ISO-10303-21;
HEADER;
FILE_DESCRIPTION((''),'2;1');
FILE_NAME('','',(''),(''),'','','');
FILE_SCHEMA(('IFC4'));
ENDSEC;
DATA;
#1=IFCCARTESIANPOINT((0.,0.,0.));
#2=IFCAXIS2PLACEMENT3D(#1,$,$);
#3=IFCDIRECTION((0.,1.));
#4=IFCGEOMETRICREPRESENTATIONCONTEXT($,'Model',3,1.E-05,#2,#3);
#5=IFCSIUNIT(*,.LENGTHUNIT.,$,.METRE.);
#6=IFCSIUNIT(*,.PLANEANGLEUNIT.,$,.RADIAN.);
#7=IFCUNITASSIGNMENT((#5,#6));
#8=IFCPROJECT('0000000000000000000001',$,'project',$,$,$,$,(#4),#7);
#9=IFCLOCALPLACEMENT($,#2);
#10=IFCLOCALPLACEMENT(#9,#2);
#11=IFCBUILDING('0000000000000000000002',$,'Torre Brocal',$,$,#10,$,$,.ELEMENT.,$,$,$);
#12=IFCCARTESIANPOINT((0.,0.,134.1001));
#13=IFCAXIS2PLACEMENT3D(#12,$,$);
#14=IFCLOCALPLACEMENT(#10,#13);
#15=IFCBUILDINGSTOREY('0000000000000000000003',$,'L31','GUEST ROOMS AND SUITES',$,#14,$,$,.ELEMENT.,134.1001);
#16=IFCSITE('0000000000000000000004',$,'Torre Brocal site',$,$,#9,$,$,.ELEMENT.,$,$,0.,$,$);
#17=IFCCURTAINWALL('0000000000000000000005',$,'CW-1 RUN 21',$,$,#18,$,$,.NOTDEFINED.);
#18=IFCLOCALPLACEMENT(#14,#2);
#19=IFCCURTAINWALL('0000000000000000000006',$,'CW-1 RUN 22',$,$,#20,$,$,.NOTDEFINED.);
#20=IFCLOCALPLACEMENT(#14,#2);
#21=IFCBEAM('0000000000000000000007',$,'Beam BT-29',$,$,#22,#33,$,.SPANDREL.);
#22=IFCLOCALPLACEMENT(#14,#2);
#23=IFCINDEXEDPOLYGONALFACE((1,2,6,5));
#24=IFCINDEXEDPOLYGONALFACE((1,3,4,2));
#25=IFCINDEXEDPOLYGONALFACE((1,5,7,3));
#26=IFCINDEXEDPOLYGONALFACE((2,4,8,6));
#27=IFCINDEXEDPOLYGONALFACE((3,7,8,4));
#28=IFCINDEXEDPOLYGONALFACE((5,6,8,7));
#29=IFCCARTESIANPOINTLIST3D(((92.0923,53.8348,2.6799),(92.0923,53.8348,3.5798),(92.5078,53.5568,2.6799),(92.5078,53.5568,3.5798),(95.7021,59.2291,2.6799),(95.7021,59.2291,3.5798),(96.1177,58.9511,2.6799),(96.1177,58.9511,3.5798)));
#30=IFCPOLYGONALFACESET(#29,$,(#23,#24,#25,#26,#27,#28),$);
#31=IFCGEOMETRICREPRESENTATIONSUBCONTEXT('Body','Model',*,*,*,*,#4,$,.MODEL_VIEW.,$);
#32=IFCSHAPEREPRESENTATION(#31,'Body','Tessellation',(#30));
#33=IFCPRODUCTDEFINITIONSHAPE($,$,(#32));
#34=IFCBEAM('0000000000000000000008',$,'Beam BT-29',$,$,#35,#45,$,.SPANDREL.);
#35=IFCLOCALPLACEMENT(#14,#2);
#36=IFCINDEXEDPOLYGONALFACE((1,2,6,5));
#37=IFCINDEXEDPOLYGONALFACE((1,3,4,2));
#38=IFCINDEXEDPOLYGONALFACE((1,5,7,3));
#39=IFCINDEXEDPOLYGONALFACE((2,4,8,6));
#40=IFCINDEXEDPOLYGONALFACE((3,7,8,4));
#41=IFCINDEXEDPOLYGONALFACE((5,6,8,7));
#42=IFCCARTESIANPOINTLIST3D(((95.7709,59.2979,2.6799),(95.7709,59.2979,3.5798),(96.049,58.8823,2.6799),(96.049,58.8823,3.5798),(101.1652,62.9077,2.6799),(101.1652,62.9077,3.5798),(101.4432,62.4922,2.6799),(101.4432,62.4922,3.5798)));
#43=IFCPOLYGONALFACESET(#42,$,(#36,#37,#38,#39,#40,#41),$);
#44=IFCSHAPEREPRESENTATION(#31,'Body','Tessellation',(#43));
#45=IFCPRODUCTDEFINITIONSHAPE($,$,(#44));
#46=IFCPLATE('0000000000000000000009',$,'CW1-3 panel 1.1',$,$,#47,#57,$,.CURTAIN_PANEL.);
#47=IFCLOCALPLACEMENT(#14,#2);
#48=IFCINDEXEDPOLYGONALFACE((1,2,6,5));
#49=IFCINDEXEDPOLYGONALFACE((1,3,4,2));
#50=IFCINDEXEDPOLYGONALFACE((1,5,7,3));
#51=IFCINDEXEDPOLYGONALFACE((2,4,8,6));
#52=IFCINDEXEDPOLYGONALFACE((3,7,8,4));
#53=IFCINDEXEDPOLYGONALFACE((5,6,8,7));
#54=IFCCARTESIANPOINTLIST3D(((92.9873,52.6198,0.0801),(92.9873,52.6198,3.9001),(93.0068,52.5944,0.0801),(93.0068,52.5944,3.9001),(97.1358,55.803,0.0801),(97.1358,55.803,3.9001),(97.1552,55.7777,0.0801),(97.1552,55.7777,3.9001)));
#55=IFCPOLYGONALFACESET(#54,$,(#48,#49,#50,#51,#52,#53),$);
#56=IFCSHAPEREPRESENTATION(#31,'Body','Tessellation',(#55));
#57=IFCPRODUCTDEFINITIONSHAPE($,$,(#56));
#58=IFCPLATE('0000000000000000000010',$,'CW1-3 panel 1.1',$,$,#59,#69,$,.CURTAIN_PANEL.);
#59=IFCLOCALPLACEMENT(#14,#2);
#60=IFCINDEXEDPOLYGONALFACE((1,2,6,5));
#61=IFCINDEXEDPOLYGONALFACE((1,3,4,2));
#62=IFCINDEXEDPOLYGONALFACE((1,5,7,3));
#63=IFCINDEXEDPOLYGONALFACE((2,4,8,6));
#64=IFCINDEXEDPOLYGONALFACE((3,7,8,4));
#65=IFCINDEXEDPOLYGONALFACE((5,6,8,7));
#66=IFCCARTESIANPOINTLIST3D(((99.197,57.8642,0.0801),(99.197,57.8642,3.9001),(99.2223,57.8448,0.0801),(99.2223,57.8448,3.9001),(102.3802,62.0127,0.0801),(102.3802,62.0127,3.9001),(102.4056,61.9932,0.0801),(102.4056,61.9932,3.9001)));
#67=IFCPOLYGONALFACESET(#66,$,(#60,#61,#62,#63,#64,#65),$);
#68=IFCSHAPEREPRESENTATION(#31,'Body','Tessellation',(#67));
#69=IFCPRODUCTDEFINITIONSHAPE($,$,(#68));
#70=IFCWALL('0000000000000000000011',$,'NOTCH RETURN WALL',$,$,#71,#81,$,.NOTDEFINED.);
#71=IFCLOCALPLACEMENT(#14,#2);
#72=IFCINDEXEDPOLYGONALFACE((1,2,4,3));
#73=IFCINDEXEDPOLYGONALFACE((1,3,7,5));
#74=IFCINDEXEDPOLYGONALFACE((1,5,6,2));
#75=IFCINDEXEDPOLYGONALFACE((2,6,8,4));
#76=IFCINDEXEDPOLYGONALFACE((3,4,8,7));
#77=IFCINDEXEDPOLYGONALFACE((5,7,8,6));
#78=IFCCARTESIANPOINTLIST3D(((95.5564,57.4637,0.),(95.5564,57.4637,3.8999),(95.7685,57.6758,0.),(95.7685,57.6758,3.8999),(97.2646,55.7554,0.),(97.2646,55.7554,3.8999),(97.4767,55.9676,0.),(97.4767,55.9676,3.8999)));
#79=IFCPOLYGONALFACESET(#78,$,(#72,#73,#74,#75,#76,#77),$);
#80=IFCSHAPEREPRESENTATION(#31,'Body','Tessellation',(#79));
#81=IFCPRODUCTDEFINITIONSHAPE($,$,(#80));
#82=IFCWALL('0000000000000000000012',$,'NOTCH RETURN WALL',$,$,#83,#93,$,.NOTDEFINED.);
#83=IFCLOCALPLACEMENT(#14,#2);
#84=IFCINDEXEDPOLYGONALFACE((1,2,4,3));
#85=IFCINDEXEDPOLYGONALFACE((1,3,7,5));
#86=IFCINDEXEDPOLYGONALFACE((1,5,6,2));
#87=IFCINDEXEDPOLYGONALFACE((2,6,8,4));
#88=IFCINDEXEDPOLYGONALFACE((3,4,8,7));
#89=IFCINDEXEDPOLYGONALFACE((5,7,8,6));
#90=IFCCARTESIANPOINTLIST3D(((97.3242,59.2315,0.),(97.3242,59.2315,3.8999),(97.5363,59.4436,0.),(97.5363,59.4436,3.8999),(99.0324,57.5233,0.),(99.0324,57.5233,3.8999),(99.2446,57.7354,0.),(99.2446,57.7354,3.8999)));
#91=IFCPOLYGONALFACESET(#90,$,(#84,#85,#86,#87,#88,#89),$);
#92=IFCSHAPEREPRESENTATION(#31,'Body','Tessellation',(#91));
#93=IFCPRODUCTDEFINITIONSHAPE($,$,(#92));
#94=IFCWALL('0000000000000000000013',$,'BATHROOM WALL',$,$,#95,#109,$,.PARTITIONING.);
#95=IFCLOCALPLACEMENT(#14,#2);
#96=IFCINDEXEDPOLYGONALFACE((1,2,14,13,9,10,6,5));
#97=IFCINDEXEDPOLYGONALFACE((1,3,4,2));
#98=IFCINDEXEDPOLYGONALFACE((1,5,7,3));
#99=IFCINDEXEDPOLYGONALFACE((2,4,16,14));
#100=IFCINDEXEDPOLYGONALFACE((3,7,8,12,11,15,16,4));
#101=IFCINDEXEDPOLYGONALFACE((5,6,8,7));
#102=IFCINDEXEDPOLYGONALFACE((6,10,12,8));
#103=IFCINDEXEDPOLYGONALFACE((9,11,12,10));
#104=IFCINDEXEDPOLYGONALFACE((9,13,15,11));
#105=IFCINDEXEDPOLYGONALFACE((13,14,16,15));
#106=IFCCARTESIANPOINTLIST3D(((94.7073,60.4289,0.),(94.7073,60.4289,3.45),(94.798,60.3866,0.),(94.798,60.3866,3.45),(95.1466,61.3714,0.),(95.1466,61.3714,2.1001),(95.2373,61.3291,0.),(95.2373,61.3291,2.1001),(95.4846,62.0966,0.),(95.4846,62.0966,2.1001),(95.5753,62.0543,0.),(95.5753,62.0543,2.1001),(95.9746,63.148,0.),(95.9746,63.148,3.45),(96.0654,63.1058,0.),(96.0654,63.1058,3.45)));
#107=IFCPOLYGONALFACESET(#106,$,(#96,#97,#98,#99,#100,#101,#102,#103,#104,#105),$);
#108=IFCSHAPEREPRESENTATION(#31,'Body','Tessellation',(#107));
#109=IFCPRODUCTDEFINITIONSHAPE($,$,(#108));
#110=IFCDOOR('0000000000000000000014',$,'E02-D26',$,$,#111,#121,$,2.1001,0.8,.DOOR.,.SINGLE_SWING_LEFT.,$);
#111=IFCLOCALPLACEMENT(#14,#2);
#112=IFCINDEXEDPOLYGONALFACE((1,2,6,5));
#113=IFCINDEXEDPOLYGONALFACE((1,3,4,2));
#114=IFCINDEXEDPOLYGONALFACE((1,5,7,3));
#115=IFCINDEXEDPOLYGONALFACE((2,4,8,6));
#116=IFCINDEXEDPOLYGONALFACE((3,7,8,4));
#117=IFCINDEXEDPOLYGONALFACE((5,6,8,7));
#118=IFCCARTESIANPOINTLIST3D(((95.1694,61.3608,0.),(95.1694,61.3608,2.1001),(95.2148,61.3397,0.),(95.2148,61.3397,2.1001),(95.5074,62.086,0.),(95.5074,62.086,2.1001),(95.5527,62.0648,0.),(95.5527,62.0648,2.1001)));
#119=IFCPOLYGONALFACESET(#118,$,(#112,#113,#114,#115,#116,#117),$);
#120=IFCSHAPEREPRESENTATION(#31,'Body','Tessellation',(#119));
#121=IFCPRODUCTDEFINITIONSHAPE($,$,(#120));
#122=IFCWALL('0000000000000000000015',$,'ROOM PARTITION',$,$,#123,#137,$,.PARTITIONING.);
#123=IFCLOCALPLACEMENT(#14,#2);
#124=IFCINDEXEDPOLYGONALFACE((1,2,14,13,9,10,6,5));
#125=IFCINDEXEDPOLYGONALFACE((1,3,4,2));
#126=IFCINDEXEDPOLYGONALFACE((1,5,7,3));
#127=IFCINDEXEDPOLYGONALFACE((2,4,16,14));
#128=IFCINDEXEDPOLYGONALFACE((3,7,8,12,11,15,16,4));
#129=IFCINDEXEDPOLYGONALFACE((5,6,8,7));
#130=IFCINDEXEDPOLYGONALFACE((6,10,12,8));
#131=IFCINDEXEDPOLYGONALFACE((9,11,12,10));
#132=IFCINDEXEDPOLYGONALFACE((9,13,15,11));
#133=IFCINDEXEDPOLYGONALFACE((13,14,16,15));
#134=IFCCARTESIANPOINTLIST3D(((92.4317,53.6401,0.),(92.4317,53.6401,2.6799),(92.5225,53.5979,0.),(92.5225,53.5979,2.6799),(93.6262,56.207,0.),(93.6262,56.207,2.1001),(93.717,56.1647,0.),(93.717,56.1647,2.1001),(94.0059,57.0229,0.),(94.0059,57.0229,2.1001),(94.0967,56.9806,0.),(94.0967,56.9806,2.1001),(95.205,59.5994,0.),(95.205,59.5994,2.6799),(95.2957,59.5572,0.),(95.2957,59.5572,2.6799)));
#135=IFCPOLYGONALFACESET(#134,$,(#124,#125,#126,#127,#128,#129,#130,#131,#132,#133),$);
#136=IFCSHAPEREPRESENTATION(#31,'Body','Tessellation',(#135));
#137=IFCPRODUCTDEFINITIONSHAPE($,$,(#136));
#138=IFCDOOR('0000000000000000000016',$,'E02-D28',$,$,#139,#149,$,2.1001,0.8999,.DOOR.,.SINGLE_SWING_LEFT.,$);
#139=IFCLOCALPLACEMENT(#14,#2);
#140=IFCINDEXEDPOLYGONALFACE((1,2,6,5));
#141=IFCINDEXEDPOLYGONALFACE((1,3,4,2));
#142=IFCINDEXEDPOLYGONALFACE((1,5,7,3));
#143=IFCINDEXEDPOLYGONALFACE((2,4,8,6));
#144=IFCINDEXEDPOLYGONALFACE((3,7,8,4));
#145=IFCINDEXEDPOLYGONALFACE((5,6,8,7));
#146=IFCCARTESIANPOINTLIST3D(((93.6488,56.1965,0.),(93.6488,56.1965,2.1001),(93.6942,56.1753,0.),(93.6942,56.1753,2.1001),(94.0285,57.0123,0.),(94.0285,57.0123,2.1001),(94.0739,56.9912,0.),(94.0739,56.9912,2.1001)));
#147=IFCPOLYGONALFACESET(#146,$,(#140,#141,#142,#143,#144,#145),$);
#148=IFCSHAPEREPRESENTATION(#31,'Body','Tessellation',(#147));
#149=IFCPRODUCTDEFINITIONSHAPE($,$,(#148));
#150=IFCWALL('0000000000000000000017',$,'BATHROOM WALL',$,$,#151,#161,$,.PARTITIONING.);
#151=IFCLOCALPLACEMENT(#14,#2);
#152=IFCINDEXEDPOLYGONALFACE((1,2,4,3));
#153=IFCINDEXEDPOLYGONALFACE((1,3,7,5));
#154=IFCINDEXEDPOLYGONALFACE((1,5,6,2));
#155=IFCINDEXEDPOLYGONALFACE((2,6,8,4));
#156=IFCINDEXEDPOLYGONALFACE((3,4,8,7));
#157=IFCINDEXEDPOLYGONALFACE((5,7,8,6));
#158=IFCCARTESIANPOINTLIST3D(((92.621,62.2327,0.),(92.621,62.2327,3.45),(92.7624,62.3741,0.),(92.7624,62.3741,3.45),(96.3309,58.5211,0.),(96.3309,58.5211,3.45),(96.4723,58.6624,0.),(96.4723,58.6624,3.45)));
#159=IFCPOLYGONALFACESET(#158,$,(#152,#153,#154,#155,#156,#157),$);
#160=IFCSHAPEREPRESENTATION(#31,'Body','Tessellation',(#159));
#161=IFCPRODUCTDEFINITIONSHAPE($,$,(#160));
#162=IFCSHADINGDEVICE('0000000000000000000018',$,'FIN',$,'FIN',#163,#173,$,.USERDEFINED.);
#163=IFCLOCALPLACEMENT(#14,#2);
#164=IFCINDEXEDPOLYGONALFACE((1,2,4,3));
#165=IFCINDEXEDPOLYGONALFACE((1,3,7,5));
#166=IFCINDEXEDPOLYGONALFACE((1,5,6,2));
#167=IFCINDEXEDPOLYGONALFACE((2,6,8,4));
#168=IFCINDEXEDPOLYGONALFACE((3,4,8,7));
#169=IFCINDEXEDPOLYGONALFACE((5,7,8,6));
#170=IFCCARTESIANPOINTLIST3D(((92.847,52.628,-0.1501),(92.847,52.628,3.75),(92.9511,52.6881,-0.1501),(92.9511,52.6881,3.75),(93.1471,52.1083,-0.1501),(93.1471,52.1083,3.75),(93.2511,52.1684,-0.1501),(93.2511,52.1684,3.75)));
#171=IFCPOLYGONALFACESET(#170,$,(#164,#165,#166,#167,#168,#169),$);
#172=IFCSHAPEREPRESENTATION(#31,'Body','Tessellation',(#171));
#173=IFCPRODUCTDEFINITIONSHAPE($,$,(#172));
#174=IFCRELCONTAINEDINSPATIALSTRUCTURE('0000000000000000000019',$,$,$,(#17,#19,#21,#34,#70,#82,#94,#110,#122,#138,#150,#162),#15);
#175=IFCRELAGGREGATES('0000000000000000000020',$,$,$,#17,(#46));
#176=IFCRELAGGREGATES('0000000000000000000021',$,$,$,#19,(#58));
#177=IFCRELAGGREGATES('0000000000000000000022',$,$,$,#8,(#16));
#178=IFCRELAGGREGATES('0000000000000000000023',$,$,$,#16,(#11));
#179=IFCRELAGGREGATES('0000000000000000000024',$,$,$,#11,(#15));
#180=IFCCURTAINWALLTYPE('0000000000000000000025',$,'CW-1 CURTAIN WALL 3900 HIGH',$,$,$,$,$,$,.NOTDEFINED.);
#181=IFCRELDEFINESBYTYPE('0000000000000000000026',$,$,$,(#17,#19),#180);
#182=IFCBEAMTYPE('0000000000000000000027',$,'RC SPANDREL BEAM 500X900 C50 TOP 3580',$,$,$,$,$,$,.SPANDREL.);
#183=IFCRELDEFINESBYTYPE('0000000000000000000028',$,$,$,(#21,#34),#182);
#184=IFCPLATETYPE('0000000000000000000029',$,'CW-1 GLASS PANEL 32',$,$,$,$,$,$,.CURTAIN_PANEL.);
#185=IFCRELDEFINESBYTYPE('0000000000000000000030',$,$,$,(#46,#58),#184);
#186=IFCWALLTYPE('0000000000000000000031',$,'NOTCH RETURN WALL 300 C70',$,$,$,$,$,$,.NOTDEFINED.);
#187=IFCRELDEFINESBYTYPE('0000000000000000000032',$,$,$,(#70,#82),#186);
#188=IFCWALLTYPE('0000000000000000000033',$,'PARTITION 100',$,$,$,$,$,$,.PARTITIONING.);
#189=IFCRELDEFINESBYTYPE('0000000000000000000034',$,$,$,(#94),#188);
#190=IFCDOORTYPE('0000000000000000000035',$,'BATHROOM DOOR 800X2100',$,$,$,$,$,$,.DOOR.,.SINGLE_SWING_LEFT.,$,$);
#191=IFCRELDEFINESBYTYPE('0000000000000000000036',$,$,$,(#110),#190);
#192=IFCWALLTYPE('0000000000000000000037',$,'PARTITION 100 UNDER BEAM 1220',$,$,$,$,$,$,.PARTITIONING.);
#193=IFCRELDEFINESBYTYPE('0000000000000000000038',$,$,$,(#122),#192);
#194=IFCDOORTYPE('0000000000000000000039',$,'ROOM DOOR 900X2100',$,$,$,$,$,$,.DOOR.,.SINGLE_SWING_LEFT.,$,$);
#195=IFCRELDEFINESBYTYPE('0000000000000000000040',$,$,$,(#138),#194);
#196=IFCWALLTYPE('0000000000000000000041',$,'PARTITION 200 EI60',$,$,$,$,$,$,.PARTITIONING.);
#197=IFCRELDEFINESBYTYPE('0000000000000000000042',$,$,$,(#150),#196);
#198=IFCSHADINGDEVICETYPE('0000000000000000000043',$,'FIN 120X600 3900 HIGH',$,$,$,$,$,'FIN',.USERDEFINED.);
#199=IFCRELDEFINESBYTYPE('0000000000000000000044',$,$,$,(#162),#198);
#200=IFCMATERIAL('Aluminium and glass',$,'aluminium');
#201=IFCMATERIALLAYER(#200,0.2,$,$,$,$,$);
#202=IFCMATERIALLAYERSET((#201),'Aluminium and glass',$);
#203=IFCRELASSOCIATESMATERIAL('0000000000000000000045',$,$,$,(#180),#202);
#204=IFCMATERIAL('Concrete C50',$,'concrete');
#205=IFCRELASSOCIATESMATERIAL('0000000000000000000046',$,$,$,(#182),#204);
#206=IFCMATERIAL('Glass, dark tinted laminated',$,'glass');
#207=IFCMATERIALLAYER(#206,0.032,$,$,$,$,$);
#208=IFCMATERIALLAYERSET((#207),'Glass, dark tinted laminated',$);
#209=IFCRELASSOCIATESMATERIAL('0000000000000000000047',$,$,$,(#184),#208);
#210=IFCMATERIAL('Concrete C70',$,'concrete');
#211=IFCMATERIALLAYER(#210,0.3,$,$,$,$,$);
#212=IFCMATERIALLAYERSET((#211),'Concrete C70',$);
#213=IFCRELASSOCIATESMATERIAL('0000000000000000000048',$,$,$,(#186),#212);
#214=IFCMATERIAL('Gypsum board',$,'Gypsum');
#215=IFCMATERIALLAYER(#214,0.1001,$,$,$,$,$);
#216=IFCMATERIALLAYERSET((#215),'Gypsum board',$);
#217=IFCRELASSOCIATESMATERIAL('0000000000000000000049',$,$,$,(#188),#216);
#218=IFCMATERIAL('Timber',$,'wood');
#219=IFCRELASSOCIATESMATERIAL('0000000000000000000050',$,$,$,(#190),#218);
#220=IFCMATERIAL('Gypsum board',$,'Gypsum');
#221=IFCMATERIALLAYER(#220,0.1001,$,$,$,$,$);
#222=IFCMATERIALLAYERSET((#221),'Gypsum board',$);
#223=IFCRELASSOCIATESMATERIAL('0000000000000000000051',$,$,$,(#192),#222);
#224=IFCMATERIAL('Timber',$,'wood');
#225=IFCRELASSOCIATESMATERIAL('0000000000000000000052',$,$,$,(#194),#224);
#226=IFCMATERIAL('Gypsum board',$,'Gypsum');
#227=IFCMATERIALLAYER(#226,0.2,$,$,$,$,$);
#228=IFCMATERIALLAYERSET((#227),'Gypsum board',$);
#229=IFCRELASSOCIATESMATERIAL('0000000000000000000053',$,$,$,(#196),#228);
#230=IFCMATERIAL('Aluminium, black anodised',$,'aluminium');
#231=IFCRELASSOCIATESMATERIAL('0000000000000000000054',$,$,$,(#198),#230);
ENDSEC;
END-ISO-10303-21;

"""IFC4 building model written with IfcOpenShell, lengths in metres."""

from ifc_helpers import new_model, si_unit, direction, frame, frame_2d, origin, origin_2d, place, context, subcontext, project, spatial, rectangle, extrude, material, layer, layer_set, material_profile, profile_set, type_object, element, fill, aggregate, save


model = new_model("IFC4")

# Units and contexts
model_context = context("Model", 3, precision=1e-05, world=origin(), true_north=direction((0.0, 1.0)))
body_context = subcontext(model_context, "Body", "Model", "MODEL_VIEW")
ifc_project = project(units=[si_unit("LENGTHUNIT", "METRE"), si_unit("PLANEANGLEUNIT", "RADIAN")], contexts=[model_context])

# Site, building, storey
site_placement = place(None, origin())
site = spatial("IfcSite", under=ifc_project, at=site_placement, Name="Torre Brocal site", CompositionType="ELEMENT", RefElevation=0.0)
building_placement = place(site_placement, origin())
building = spatial("IfcBuilding", under=site, at=building_placement, Name="Torre Brocal", CompositionType="ELEMENT")
storey_placement = place(building_placement, frame((0.0, 0.0, 134.1001)))
storey = spatial("IfcBuildingStorey", under=building, at=storey_placement, Name="L31", Description="GUEST ROOMS AND SUITES", CompositionType="ELEMENT", Elevation=134.1001)

# Shared definitions
ifc_material_1 = material(Name="Aluminium and glass", Category="aluminium")
ifc_layer_1 = layer(ifc_material_1, 0.2)
ifc_layer_set_1 = layer_set([ifc_layer_1], Name="Aluminium and glass")
curtain_wall_type = type_object("IfcCurtainWallType", Name="CW-1 CURTAIN WALL 3900 HIGH", PredefinedType="NOTDEFINED", material=ifc_layer_set_1)

# Curtain walls
curtain_wall_1_placement = place(storey_placement, origin())
curtain_wall_1 = element("IfcCurtainWall", 1, at=curtain_wall_1_placement, inside=storey, type_object=curtain_wall_type, Name="CW-1 RUN 21", PredefinedType="NOTDEFINED")
curtain_wall_2_placement = place(storey_placement, origin())
curtain_wall_2 = element("IfcCurtainWall", 2, at=curtain_wall_2_placement, inside=storey, type_object=curtain_wall_type, Name="CW-1 RUN 22", PredefinedType="NOTDEFINED")

# Beams
ifc_material_2 = material(Name="Concrete C50", Category="concrete")
ifc_material_profile_1 = material_profile(ifc_material_2, rectangle(XDim=0.5, YDim=0.8999, at=origin_2d()), Name="RC 500X900")
ifc_profile_set_1 = profile_set([ifc_material_profile_1], Name="Concrete C50")
beam_type_1 = type_object("IfcBeamType", Name="RC SPANDREL BEAM 500X900 C50 TOP 3580", PredefinedType="SPANDREL", material=ifc_profile_set_1)
for number, where, z_axis, x_axis, name in (
    (3, (92.3, 53.6958, 3.1299), (0.556158, 0.831077, 0.0), (-0.831077, 0.556158, 0.0), "Beam BT-29"),
    (4, (95.9099, 59.0901, 3.1299), (0.831077, 0.556158, 0.0), (-0.556158, 0.831077, 0.0), "Beam BT-29"),
):
    element("IfcBeam", number, at=place(storey_placement, frame(where, z_axis=z_axis, x_axis=x_axis)), inside=storey, type_object=beam_type_1, Name=name, PredefinedType="SPANDREL", context=body_context, shape_type="SweptSolid", body=[
        extrude(rectangle(XDim=0.5, YDim=0.8999, at=origin_2d()), origin(), (0.0, 0.0, 1.0), 6.4907),
    ])

# Plates
ifc_material_3 = material(Name="Glass, dark tinted laminated", Category="glass")
ifc_layer_2 = layer(ifc_material_3, 0.032)
ifc_layer_set_2 = layer_set([ifc_layer_2], Name="Glass, dark tinted laminated")
plate_type = type_object("IfcPlateType", Name="CW-1 GLASS PANEL 32", PredefinedType="CURTAIN_PANEL", material=ifc_layer_set_2)
plate_1_placement = place(storey_placement, frame((95.0713, 54.1987, 0.0801), z_axis=(0.0, 0.0, 1.0), x_axis=(0.793353, 0.608761, 0.0)))
plate_1 = element("IfcPlate", 5, at=plate_1_placement, type_object=plate_type, Name="CW1-3 panel 1.1", PredefinedType="CURTAIN_PANEL", context=body_context, shape_type="SweptSolid", body=[
    extrude(rectangle(XDim=5.229, YDim=0.032, at=origin_2d()), origin(), (0.0, 0.0, 1.0), 3.8201),
])
aggregate(curtain_wall_1, [plate_1])
plate_2_placement = place(storey_placement, frame((100.8013, 59.9287, 0.0801), z_axis=(0.0, 0.0, 1.0), x_axis=(0.608761, 0.793353, 0.0)))
plate_2 = element("IfcPlate", 6, at=plate_2_placement, type_object=plate_type, Name="CW1-3 panel 1.1", PredefinedType="CURTAIN_PANEL", context=body_context, shape_type="SweptSolid", body=[
    extrude(rectangle(XDim=5.229, YDim=0.032, at=origin_2d()), origin(), (0.0, 0.0, 1.0), 3.8201),
])
aggregate(curtain_wall_2, [plate_2])

# Walls
ifc_material_4 = material(Name="Concrete C70", Category="concrete")
ifc_layer_3 = layer(ifc_material_4, 0.3)
ifc_layer_set_3 = layer_set([ifc_layer_3], Name="Concrete C70")
wall_type_1 = type_object("IfcWallType", Name="NOTCH RETURN WALL 300 C70", PredefinedType="NOTDEFINED", material=ifc_layer_set_3)
for number, where, z_axis, x_axis, name in (
    (7, (95.6624, 57.5698, 0.0), (0.0, 0.0, 1.0), (0.707107, -0.707107, 0.0), "NOTCH RETURN WALL"),
    (8, (97.4302, 59.3376, 0.0), (0.0, 0.0, 1.0), (0.707107, -0.707107, 0.0), "NOTCH RETURN WALL"),
):
    element("IfcWall", number, at=place(storey_placement, frame(where, z_axis=z_axis, x_axis=x_axis)), inside=storey, type_object=wall_type_1, Name=name, PredefinedType="NOTDEFINED", context=body_context, shape_type="SweptSolid", body=[
        extrude(rectangle(XDim=2.4158, YDim=0.3, at=frame_2d((1.208, 0.0))), origin(), (0.0, 0.0, 1.0), 3.8999),
    ])

# Walls, openings, doors
ifc_material_5 = material(Name="Gypsum board", Category="Gypsum")
ifc_layer_4 = layer(ifc_material_5, 0.1001)
ifc_layer_set_4 = layer_set([ifc_layer_4], Name="Gypsum board")
wall_type_2 = type_object("IfcWallType", Name="PARTITION 100", PredefinedType="PARTITIONING", material=ifc_layer_set_4)
wall_1_placement = place(storey_placement, frame((94.7527, 60.4077, 0.0), z_axis=(0.0, 0.0, 1.0), x_axis=(0.422435, 0.906393, 0.0)))
wall_1 = element("IfcWall", 9, at=wall_1_placement, inside=storey, type_object=wall_type_2, Name="BATHROOM WALL", PredefinedType="PARTITIONING", context=body_context, shape_type="SweptSolid", body=[
    extrude(rectangle(XDim=3.0, YDim=0.1001, at=frame_2d((1.5, 0.0))), origin(), (0.0, 0.0, 1.0), 3.45),
])
opening_1_placement = place(wall_1_placement, frame((1.04, 0.0, 0.0)))
opening_1 = element("IfcOpeningElement", 10, at=opening_1_placement, cuts=wall_1, PredefinedType="OPENING", context=body_context, shape_type="SweptSolid", body=[
    extrude(rectangle(XDim=0.8, YDim=2.1001, at=frame_2d((0.3999, 1.05))), frame((0.0, 0.0601, 0.0), z_axis=(0.0, -1.0, 0.0), x_axis=(1.0, 0.0, 0.0)), (0.0, 0.0, 1.0), 0.1201),
])
ifc_material_6 = material(Name="Timber", Category="wood")
door_type_1 = type_object("IfcDoorType", Name="BATHROOM DOOR 800X2100", OperationType="SINGLE_SWING_LEFT", PredefinedType="DOOR", material=ifc_material_6)
door_1_placement = place(opening_1_placement, origin())
door_1 = element("IfcDoor", 11, at=door_1_placement, inside=storey, type_object=door_type_1, Name="E02-D26", OperationType="SINGLE_SWING_LEFT", OverallHeight=2.1001, OverallWidth=0.8, PredefinedType="DOOR", context=body_context, shape_type="SweptSolid", body=[
    extrude(rectangle(XDim=0.8, YDim=2.1001, at=frame_2d((0.3999, 1.05))), frame((0.0, 0.0249, 0.0), z_axis=(0.0, -1.0, 0.0), x_axis=(1.0, 0.0, 0.0)), (0.0, 0.0, 1.0), 0.05),
])
fill(opening_1, door_1)
ifc_material_7 = material(Name="Gypsum board", Category="Gypsum")
ifc_layer_5 = layer(ifc_material_7, 0.1001)
ifc_layer_set_5 = layer_set([ifc_layer_5], Name="Gypsum board")
wall_type_3 = type_object("IfcWallType", Name="PARTITION 100 UNDER BEAM 1220", PredefinedType="PARTITIONING", material=ifc_layer_set_5)
wall_2_placement = place(storey_placement, frame((92.4771, 53.6189, 0.0), z_axis=(0.0, 0.0, 1.0), x_axis=(0.421913, 0.906636, 0.0)))
wall_2 = element("IfcWall", 12, at=wall_2_placement, inside=storey, type_object=wall_type_3, Name="ROOM PARTITION", PredefinedType="PARTITIONING", context=body_context, shape_type="SweptSolid", body=[
    extrude(rectangle(XDim=6.573, YDim=0.1001, at=frame_2d((3.2866, 0.0))), origin(), (0.0, 0.0, 1.0), 2.6799),
])
opening_2_placement = place(wall_2_placement, frame((2.8313, 0.0, 0.0)))
opening_2 = element("IfcOpeningElement", 13, at=opening_2_placement, cuts=wall_2, PredefinedType="OPENING", context=body_context, shape_type="SweptSolid", body=[
    extrude(rectangle(XDim=0.8999, YDim=2.1001, at=frame_2d((0.45, 1.05))), frame((0.0, 0.0601, 0.0), z_axis=(0.0, -1.0, 0.0), x_axis=(1.0, 0.0, 0.0)), (0.0, 0.0, 1.0), 0.1201),
])
ifc_material_8 = material(Name="Timber", Category="wood")
door_type_2 = type_object("IfcDoorType", Name="ROOM DOOR 900X2100", OperationType="SINGLE_SWING_LEFT", PredefinedType="DOOR", material=ifc_material_8)
door_2_placement = place(opening_2_placement, frame((0.8999, 0.0, 0.0), z_axis=(0.0, 0.0, 1.0), x_axis=(-1.0, 0.0, 0.0)))
door_2 = element("IfcDoor", 14, at=door_2_placement, inside=storey, type_object=door_type_2, Name="E02-D28", OperationType="SINGLE_SWING_LEFT", OverallHeight=2.1001, OverallWidth=0.8999, PredefinedType="DOOR", context=body_context, shape_type="SweptSolid", body=[
    extrude(rectangle(XDim=0.8999, YDim=2.1001, at=frame_2d((0.45, 1.05))), frame((0.0, 0.0249, 0.0), z_axis=(0.0, -1.0, 0.0), x_axis=(1.0, 0.0, 0.0)), (0.0, 0.0, 1.0), 0.05),
])
fill(opening_2, door_2)

# Wall
ifc_material_9 = material(Name="Gypsum board", Category="Gypsum")
ifc_layer_6 = layer(ifc_material_9, 0.2)
ifc_layer_set_6 = layer_set([ifc_layer_6], Name="Gypsum board")
wall_type_4 = type_object("IfcWallType", Name="PARTITION 200 EI60", PredefinedType="PARTITIONING", material=ifc_layer_set_6)
wall_3_placement = place(storey_placement, frame((92.6917, 62.3035, 0.0), z_axis=(0.0, 0.0, 1.0), x_axis=(0.706944, -0.70727, 0.0)))
element("IfcWall", 15, at=wall_3_placement, inside=storey, type_object=wall_type_4, Name="BATHROOM WALL", PredefinedType="PARTITIONING", context=body_context, shape_type="SweptSolid", body=[
    extrude(rectangle(XDim=5.2478, YDim=0.2, at=frame_2d((2.624, 0.0))), origin(), (0.0, 0.0, 1.0), 3.45),
])

# Shading device
ifc_material_10 = material(Name="Aluminium, black anodised", Category="aluminium")
ifc_material_profile_2 = material_profile(ifc_material_10, rectangle(XDim=0.1201, YDim=0.6001, at=origin_2d()), Name="FIN 120X600 3900 HIGH")
ifc_profile_set_2 = profile_set([ifc_material_profile_2], Name="Aluminium, black anodised")
shading_device_type = type_object("IfcShadingDeviceType", Name="FIN 120X600 3900 HIGH", ElementType="FIN", PredefinedType="USERDEFINED", material=ifc_profile_set_2)
for number, where, z_axis, x_axis, name in (
    (16, (93.0491, 52.3982, -0.1501), (0.0, 0.0, 1.0), (0.866025, 0.5, 0.0), "FIN"),
):
    element("IfcShadingDevice", number, at=place(storey_placement, frame(where, z_axis=z_axis, x_axis=x_axis)), inside=storey, type_object=shading_device_type, Name=name, ObjectType="FIN", PredefinedType="USERDEFINED", context=body_context, shape_type="SweptSolid", body=[
        extrude(rectangle(XDim=0.1201, YDim=0.6001, at=origin_2d()), origin(), (0.0, 0.0, 1.0), 3.9001),
    ])

save(model, "model.ifc")
